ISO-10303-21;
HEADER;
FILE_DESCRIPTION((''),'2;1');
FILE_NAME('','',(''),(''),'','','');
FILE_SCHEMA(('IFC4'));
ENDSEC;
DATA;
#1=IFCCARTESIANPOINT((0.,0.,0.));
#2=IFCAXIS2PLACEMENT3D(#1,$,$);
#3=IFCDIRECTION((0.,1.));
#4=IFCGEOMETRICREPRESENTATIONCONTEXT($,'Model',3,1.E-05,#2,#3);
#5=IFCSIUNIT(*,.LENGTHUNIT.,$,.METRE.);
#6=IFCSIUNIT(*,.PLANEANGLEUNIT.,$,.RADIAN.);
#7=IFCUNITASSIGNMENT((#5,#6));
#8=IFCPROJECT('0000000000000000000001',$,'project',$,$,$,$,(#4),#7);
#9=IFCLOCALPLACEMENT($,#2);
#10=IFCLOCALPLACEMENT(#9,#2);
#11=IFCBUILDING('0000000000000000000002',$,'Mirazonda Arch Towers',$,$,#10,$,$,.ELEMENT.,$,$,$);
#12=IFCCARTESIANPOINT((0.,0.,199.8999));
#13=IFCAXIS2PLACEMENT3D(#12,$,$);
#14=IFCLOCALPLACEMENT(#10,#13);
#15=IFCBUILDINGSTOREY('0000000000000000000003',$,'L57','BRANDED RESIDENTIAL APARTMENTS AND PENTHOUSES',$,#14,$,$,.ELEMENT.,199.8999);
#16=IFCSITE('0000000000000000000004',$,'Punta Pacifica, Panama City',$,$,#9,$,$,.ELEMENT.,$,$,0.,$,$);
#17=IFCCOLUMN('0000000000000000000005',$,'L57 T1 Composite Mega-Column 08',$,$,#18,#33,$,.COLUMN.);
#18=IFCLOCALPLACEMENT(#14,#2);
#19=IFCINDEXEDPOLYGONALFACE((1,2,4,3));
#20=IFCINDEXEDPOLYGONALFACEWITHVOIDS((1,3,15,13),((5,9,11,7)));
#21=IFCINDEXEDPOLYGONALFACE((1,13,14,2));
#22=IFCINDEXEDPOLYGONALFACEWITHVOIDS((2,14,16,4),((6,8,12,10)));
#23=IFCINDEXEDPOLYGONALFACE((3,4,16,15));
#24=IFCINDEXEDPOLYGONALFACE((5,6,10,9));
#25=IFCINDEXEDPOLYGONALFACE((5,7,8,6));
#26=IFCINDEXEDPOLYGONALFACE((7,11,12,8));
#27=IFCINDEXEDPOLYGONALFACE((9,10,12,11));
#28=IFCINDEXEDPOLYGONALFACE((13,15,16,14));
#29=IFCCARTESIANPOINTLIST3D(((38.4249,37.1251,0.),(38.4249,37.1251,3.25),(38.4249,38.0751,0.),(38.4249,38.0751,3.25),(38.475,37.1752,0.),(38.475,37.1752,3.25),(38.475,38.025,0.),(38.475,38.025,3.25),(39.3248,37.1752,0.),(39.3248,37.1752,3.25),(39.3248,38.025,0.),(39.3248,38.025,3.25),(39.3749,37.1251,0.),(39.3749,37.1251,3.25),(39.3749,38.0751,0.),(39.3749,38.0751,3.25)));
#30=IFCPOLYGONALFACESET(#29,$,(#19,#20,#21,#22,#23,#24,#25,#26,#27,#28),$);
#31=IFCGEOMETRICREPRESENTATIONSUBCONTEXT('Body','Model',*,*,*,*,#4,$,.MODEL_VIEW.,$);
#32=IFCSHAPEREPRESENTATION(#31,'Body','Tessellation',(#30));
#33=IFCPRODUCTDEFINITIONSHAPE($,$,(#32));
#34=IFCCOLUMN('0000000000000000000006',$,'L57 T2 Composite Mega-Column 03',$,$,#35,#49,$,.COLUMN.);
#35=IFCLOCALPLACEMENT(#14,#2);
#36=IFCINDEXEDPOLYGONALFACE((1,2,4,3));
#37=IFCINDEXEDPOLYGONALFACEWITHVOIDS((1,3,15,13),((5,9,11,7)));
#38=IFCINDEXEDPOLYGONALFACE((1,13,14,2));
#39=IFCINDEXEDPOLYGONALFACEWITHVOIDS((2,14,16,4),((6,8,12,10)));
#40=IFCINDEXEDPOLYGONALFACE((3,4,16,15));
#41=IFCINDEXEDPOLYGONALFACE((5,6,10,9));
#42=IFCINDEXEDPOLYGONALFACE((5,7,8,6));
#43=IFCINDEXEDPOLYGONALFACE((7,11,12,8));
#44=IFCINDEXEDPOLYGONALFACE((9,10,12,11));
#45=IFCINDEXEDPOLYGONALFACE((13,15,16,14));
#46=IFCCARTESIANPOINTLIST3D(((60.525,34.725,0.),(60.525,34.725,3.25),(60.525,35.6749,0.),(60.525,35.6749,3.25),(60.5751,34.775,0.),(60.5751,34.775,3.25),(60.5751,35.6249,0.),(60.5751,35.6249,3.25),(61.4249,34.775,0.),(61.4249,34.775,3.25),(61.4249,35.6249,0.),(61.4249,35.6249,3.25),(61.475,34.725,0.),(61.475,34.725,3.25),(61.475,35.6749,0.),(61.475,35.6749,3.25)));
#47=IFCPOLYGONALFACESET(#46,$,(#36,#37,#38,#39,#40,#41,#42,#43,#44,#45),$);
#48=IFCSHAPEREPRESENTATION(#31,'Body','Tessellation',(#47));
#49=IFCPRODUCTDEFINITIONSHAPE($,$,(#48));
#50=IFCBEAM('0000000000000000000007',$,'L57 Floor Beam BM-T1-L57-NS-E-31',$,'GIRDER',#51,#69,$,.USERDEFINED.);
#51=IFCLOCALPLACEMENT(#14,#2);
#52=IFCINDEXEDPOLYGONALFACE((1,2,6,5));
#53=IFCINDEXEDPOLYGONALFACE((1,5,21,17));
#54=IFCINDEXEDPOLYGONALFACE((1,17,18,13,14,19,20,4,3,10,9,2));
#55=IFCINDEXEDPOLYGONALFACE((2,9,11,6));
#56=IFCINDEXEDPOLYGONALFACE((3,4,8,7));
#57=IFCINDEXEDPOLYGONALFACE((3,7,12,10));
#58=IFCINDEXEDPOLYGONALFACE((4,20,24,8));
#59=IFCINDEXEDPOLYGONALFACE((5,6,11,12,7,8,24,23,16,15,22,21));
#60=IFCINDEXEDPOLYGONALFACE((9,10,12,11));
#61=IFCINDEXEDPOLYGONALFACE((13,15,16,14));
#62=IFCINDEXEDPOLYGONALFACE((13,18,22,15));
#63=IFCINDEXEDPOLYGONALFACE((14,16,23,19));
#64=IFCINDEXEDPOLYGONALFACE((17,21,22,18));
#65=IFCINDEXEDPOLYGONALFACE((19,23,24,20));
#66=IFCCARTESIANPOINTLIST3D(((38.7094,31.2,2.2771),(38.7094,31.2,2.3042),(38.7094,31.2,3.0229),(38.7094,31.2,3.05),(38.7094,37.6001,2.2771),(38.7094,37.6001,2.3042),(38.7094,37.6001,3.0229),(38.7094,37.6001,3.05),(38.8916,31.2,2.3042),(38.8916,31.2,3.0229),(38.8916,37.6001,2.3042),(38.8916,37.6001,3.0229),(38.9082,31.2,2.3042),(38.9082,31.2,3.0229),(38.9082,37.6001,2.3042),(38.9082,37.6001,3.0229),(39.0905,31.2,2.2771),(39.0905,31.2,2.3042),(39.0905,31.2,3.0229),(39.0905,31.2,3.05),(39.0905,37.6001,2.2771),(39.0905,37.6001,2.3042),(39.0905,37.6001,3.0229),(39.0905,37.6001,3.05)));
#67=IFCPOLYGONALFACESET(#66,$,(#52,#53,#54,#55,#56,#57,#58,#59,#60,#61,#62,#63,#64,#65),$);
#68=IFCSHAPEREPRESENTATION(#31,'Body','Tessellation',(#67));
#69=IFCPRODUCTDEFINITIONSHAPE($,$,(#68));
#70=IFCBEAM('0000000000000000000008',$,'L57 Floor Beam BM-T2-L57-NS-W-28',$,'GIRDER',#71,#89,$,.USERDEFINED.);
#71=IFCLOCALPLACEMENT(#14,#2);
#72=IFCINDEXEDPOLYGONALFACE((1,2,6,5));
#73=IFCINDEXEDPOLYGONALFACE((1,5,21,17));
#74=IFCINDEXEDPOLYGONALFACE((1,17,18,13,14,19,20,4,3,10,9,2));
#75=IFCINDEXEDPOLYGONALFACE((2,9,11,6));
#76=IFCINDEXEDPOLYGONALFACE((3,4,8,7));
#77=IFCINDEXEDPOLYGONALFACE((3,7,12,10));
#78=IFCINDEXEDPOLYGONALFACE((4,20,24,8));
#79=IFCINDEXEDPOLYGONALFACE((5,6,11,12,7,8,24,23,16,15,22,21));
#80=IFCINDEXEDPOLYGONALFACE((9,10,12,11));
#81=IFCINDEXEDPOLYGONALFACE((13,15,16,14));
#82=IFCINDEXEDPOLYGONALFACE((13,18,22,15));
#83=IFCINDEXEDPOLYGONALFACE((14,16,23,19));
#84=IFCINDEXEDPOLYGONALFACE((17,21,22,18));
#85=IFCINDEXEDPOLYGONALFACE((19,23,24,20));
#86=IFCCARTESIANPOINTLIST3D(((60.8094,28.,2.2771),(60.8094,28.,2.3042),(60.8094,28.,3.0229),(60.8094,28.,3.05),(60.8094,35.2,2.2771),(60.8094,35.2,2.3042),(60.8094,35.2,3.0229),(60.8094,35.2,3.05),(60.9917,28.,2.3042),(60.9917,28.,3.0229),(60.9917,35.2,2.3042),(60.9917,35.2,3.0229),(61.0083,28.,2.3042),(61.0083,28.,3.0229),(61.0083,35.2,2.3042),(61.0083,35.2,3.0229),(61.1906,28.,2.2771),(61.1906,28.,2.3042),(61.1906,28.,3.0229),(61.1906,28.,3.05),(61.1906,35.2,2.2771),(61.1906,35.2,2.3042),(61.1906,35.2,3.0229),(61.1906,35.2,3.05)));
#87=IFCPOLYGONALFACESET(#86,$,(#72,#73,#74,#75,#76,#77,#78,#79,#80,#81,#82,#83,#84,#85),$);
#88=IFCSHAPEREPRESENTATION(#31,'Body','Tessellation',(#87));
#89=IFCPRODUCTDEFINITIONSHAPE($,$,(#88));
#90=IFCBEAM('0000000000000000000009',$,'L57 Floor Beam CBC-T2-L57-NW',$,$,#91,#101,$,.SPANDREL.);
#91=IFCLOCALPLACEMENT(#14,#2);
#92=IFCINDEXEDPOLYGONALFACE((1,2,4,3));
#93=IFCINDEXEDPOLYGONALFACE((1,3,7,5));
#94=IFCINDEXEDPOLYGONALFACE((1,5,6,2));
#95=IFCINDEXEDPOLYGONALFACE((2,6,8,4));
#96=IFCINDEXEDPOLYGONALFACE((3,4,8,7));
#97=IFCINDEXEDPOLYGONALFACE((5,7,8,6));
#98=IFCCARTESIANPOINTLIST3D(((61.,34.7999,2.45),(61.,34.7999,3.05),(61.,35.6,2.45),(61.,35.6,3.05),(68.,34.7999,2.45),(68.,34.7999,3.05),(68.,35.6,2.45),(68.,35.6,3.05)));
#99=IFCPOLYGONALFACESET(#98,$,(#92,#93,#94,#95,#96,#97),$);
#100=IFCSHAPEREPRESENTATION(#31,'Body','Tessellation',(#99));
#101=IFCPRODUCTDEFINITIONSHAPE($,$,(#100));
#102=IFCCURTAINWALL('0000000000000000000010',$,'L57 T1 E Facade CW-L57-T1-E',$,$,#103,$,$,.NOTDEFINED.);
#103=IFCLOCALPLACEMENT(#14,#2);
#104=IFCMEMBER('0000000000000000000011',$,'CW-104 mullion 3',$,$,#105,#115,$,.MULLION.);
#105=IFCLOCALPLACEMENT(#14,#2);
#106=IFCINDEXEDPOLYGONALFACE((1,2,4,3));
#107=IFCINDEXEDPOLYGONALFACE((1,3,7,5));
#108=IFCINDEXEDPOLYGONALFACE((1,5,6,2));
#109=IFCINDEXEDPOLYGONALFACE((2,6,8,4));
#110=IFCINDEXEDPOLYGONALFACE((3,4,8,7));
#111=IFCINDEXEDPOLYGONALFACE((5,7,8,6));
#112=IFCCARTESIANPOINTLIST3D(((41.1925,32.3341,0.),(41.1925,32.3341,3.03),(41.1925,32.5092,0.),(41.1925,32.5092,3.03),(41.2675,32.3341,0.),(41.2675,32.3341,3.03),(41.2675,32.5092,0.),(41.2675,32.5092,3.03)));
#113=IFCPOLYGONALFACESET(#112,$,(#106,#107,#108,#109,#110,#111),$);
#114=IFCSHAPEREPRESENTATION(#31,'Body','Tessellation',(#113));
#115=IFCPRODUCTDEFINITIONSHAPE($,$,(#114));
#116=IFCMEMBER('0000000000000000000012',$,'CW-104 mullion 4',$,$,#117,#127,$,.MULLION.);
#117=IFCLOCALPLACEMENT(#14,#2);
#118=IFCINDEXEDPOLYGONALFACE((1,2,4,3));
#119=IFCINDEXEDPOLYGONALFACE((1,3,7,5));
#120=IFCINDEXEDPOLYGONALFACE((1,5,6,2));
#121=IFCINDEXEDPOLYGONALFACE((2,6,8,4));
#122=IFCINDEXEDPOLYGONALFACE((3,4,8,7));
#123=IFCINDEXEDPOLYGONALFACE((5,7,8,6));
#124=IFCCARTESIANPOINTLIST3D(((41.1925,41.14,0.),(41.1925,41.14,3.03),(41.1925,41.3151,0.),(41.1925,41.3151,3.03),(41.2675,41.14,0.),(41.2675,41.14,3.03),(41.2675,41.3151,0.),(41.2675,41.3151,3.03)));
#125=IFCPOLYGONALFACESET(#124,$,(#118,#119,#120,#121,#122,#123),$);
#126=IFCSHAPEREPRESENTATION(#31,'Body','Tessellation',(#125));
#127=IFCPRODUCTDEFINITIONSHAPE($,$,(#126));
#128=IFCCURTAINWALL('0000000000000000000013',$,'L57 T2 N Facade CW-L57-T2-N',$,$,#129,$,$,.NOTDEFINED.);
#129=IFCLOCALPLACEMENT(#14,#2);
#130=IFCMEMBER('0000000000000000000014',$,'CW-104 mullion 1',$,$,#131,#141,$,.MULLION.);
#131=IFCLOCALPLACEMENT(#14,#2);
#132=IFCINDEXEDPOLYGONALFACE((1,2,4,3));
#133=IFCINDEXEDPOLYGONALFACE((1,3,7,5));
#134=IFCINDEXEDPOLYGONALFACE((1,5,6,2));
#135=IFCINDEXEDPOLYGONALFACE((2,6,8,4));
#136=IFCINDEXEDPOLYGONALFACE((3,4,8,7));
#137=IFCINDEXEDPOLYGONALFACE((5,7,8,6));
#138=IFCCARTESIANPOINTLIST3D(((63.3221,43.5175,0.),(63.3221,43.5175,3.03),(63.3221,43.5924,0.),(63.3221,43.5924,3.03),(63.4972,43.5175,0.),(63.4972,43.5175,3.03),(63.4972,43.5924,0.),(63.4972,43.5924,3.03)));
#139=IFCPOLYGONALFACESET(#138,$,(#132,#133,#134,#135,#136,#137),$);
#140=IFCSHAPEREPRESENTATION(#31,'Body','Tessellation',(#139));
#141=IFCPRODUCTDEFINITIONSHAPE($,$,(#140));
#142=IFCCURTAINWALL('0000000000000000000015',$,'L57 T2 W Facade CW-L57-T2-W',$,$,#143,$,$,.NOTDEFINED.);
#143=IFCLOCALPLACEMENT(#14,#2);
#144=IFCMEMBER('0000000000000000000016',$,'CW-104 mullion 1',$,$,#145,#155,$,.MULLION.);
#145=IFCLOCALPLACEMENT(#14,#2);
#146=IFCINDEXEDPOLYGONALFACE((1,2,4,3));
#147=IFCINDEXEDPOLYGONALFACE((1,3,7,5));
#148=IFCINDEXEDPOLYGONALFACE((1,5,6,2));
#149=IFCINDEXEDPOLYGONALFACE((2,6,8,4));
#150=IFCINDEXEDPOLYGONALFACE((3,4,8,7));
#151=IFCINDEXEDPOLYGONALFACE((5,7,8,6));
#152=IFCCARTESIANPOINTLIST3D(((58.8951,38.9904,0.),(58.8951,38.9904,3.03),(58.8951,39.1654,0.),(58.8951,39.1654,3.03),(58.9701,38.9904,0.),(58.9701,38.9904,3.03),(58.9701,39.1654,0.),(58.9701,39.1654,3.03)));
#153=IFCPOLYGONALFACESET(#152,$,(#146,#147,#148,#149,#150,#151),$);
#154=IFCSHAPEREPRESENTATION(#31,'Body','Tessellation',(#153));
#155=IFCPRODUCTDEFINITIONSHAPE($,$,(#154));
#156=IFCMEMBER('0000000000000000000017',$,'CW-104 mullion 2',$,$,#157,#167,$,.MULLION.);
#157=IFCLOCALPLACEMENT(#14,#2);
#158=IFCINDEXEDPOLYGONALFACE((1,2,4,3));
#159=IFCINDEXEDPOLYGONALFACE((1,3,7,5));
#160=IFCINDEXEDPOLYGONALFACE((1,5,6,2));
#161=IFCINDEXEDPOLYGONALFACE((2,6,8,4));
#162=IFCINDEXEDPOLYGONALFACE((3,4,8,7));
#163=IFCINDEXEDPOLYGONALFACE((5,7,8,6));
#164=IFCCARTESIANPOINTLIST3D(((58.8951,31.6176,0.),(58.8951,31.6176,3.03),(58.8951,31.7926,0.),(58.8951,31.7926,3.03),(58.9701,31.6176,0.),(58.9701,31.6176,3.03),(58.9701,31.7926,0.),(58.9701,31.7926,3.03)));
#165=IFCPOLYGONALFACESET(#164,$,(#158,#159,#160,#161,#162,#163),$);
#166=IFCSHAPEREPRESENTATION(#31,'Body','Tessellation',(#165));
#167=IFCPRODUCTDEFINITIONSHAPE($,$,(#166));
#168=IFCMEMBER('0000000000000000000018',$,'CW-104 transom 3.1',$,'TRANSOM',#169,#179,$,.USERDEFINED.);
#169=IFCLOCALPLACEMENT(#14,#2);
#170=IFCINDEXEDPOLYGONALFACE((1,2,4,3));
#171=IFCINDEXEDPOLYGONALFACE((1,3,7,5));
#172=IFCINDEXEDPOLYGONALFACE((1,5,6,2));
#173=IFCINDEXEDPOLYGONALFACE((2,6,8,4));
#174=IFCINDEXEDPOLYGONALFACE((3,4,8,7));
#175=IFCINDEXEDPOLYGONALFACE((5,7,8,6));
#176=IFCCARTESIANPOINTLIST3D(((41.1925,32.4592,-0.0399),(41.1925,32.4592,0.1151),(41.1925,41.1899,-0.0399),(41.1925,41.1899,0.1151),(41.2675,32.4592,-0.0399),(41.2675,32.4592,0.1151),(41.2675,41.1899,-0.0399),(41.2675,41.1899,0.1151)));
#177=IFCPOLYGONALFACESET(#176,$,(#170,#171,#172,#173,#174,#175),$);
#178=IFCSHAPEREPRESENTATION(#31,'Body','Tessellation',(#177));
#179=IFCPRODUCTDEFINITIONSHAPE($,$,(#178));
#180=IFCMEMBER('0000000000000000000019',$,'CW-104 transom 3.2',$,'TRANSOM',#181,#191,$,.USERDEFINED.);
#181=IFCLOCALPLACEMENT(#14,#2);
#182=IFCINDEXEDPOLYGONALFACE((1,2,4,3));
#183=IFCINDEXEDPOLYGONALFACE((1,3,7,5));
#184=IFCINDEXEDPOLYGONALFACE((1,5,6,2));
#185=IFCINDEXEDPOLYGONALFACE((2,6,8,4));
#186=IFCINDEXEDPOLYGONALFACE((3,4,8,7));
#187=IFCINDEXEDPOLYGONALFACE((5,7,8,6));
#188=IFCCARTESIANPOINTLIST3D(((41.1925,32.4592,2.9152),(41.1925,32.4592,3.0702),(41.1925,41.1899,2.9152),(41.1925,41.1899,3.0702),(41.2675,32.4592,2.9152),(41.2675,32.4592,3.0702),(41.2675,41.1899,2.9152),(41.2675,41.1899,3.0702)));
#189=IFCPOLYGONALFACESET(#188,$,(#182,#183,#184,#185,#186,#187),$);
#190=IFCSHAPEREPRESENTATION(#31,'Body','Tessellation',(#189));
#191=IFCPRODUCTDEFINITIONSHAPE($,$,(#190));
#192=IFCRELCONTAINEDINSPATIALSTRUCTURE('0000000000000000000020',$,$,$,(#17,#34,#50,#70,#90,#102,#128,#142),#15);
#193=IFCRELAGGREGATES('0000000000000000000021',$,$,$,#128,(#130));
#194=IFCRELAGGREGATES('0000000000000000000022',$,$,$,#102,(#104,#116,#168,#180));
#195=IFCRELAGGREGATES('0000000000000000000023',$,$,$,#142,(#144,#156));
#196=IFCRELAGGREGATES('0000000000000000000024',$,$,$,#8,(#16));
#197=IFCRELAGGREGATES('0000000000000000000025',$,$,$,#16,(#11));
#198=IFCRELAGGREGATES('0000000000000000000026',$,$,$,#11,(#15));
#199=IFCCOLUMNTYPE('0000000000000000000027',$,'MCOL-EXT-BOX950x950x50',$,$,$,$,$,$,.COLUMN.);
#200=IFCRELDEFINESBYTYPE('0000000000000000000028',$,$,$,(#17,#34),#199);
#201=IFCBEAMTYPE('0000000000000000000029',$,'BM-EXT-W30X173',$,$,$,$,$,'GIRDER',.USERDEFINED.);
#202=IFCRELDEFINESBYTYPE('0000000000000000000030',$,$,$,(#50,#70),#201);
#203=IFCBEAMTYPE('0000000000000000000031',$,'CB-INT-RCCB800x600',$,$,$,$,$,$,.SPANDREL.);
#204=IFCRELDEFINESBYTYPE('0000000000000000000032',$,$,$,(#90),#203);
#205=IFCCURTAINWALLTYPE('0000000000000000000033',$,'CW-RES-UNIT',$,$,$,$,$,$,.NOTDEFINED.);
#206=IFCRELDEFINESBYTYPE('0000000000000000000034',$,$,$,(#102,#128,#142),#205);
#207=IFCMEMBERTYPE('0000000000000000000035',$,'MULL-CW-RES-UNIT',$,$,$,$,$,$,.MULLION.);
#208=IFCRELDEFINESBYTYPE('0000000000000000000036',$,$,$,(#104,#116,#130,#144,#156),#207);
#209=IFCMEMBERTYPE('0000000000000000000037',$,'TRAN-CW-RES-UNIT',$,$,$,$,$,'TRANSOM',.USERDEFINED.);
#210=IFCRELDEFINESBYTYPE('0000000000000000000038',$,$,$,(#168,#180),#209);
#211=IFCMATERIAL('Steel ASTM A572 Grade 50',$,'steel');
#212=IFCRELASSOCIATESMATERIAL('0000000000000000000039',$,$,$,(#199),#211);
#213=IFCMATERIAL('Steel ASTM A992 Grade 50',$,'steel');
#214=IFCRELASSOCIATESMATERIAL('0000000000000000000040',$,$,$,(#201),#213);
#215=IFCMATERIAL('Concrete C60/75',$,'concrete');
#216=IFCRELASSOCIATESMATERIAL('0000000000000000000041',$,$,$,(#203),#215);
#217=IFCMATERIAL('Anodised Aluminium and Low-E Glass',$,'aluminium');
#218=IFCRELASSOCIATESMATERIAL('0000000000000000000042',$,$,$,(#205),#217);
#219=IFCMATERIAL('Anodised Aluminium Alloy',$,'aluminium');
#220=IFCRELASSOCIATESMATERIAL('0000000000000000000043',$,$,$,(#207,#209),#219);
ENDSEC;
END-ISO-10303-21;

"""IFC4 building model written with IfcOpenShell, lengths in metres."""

from ifc_helpers import new_model, si_unit, direction, frame, origin, origin_2d, place, context, subcontext, project, spatial, rectangle, hollow_rectangle, i_section, extrude, material, material_profile, profile_set, type_object, element, aggregate, save


model = new_model("IFC4")

# Units and contexts
model_context = context("Model", 3, precision=1e-05, world=origin(), true_north=direction((0.0, 1.0)))
body_context = subcontext(model_context, "Body", "Model", "MODEL_VIEW")
ifc_project = project(units=[si_unit("LENGTHUNIT", "METRE"), si_unit("PLANEANGLEUNIT", "RADIAN")], contexts=[model_context])

# Site, building, storey
site_placement = place(None, origin())
site = spatial("IfcSite", under=ifc_project, at=site_placement, Name="Punta Pacifica, Panama City", CompositionType="ELEMENT", RefElevation=0.0)
building_placement = place(site_placement, origin())
building = spatial("IfcBuilding", under=site, at=building_placement, Name="Mirazonda Arch Towers", CompositionType="ELEMENT")
storey_placement = place(building_placement, frame((0.0, 0.0, 199.8999)))
storey = spatial("IfcBuildingStorey", under=building, at=storey_placement, Name="L57", Description="BRANDED RESIDENTIAL APARTMENTS AND PENTHOUSES", CompositionType="ELEMENT", Elevation=199.8999)

# Columns
ifc_material_1 = material(Name="Steel ASTM A572 Grade 50", Category="steel")
ifc_material_profile_1 = material_profile(ifc_material_1, hollow_rectangle(XDim=0.95, YDim=0.95, WallThickness=0.05, at=origin_2d()), Name="BOX950x950x50")
ifc_profile_set_1 = profile_set([ifc_material_profile_1], Name="Steel ASTM A572 Grade 50")
column_type = type_object("IfcColumnType", Name="MCOL-EXT-BOX950x950x50", PredefinedType="COLUMN", material=ifc_profile_set_1)
for number, where, z_axis, x_axis, name in (
    (1, (38.8999, 37.6001, 0.0), (0.0, 0.0, 1.0), (1.0, 0.0, 0.0), "L57 T1 Composite Mega-Column 08"),
    (2, (61.0, 35.2, 0.0), (0.0, 0.0, 1.0), (1.0, 0.0, 0.0), "L57 T2 Composite Mega-Column 03"),
):
    element("IfcColumn", number, at=place(storey_placement, frame(where, z_axis=z_axis, x_axis=x_axis)), inside=storey, type_object=column_type, Name=name, PredefinedType="COLUMN", context=body_context, shape_type="SweptSolid", body=[
        extrude(hollow_rectangle(XDim=0.95, YDim=0.95, WallThickness=0.05, at=origin_2d()), origin(), (0.0, 0.0, 1.0), 3.25),
    ])

# Beams
ifc_material_2 = material(Name="Steel ASTM A992 Grade 50", Category="steel")
ifc_material_profile_2 = material_profile(ifc_material_2, i_section(OverallWidth=0.3811, OverallDepth=0.7729, WebThickness=0.0166, FlangeThickness=0.0271, at=origin_2d()), Name="W30X173")
ifc_profile_set_2 = profile_set([ifc_material_profile_2], Name="Steel ASTM A992 Grade 50")
beam_type_1 = type_object("IfcBeamType", Name="BM-EXT-W30X173", ElementType="GIRDER", PredefinedType="USERDEFINED", material=ifc_profile_set_2)
beam_1_placement = place(storey_placement, frame((38.8999, 31.2, 2.6636), z_axis=(0.0, 1.0, 0.0), x_axis=(-1.0, 0.0, 0.0)))
element("IfcBeam", 3, at=beam_1_placement, inside=storey, type_object=beam_type_1, Name="L57 Floor Beam BM-T1-L57-NS-E-31", ObjectType="GIRDER", PredefinedType="USERDEFINED", context=body_context, shape_type="SweptSolid", body=[
    extrude(i_section(OverallWidth=0.3811, OverallDepth=0.7729, WebThickness=0.0166, FlangeThickness=0.0271, at=origin_2d()), origin(), (0.0, 0.0, 1.0), 6.4001),
])
beam_2_placement = place(storey_placement, frame((61.0, 28.0, 2.6636), z_axis=(0.0, 1.0, 0.0), x_axis=(-1.0, 0.0, 0.0)))
element("IfcBeam", 4, at=beam_2_placement, inside=storey, type_object=beam_type_1, Name="L57 Floor Beam BM-T2-L57-NS-W-28", ObjectType="GIRDER", PredefinedType="USERDEFINED", context=body_context, shape_type="SweptSolid", body=[
    extrude(i_section(OverallWidth=0.3811, OverallDepth=0.7729, WebThickness=0.0166, FlangeThickness=0.0271, at=origin_2d()), origin(), (0.0, 0.0, 1.0), 7.2),
])
ifc_material_3 = material(Name="Concrete C60/75", Category="concrete")
ifc_material_profile_3 = material_profile(ifc_material_3, rectangle(XDim=0.8, YDim=0.6001, at=origin_2d()), Name="RCCB800x600")
ifc_profile_set_3 = profile_set([ifc_material_profile_3], Name="Concrete C60/75")
beam_type_2 = type_object("IfcBeamType", Name="CB-INT-RCCB800x600", PredefinedType="SPANDREL", material=ifc_profile_set_3)
beam_3_placement = place(storey_placement, frame((61.0, 35.2, 2.75), z_axis=(1.0, 0.0, 0.0), x_axis=(0.0, 1.0, 0.0)))
element("IfcBeam", 5, at=beam_3_placement, inside=storey, type_object=beam_type_2, Name="L57 Floor Beam CBC-T2-L57-NW", PredefinedType="SPANDREL", context=body_context, shape_type="SweptSolid", body=[
    extrude(rectangle(XDim=0.8, YDim=0.6001, at=origin_2d()), origin(), (0.0, 0.0, 1.0), 7.0),
])

# Curtain wall, members
ifc_material_4 = material(Name="Anodised Aluminium and Low-E Glass", Category="aluminium")
curtain_wall_type = type_object("IfcCurtainWallType", Name="CW-RES-UNIT", PredefinedType="NOTDEFINED", material=ifc_material_4)
curtain_wall_1_placement = place(storey_placement, origin())
curtain_wall_1 = element("IfcCurtainWall", 6, at=curtain_wall_1_placement, inside=storey, type_object=curtain_wall_type, Name="L57 T1 E Facade CW-L57-T1-E", PredefinedType="NOTDEFINED")
ifc_material_5 = material(Name="Anodised Aluminium Alloy", Category="aluminium")
ifc_material_profile_4 = material_profile(ifc_material_5, rectangle(XDim=0.075, YDim=0.175, at=origin_2d()), Name="ALU-MULL-75x175")
ifc_profile_set_4 = profile_set([ifc_material_profile_4], Name="Anodised Aluminium Alloy")
member_type_1 = type_object("IfcMemberType", Name="MULL-CW-RES-UNIT", PredefinedType="MULLION", material=ifc_profile_set_4)
member_1_placement = place(storey_placement, frame((41.23, 32.4216, 0.0), z_axis=(0.0, 0.0, 1.0), x_axis=(-1.0, 0.0, 0.0)))
member_1 = element("IfcMember", 7, at=member_1_placement, type_object=member_type_1, Name="CW-104 mullion 3", PredefinedType="MULLION", context=body_context, shape_type="SweptSolid", body=[
    extrude(rectangle(XDim=0.075, YDim=0.175, at=origin_2d()), origin(), (0.0, 0.0, 1.0), 3.03),
])
member_2_placement = place(storey_placement, frame((41.23, 41.2275, 0.0), z_axis=(0.0, 0.0, 1.0), x_axis=(-1.0, 0.0, 0.0)))
member_2 = element("IfcMember", 8, at=member_2_placement, type_object=member_type_1, Name="CW-104 mullion 4", PredefinedType="MULLION", context=body_context, shape_type="SweptSolid", body=[
    extrude(rectangle(XDim=0.075, YDim=0.175, at=origin_2d()), origin(), (0.0, 0.0, 1.0), 3.03),
])

# Curtain wall, member
curtain_wall_2_placement = place(storey_placement, origin())
curtain_wall_2 = element("IfcCurtainWall", 9, at=curtain_wall_2_placement, inside=storey, type_object=curtain_wall_type, Name="L57 T2 N Facade CW-L57-T2-N", PredefinedType="NOTDEFINED")
member_3_placement = place(storey_placement, frame((63.4097, 43.5549, 0.0), z_axis=(0.0, 0.0, 1.0), x_axis=(0.0, 1.0, 0.0)))
member_3 = element("IfcMember", 10, at=member_3_placement, type_object=member_type_1, Name="CW-104 mullion 1", PredefinedType="MULLION", context=body_context, shape_type="SweptSolid", body=[
    extrude(rectangle(XDim=0.075, YDim=0.175, at=origin_2d()), origin(), (0.0, 0.0, 1.0), 3.03),
])

# Curtain wall, members
curtain_wall_3_placement = place(storey_placement, origin())
curtain_wall_3 = element("IfcCurtainWall", 11, at=curtain_wall_3_placement, inside=storey, type_object=curtain_wall_type, Name="L57 T2 W Facade CW-L57-T2-W", PredefinedType="NOTDEFINED")
member_4_placement = place(storey_placement, frame((58.9326, 39.0779, 0.0), z_axis=(0.0, 0.0, 1.0), x_axis=(1.0, 0.0, 0.0)))
member_4 = element("IfcMember", 12, at=member_4_placement, type_object=member_type_1, Name="CW-104 mullion 1", PredefinedType="MULLION", context=body_context, shape_type="SweptSolid", body=[
    extrude(rectangle(XDim=0.075, YDim=0.175, at=origin_2d()), origin(), (0.0, 0.0, 1.0), 3.03),
])
member_5_placement = place(storey_placement, frame((58.9326, 31.7051, 0.0), z_axis=(0.0, 0.0, 1.0), x_axis=(1.0, 0.0, 0.0)))
member_5 = element("IfcMember", 13, at=member_5_placement, type_object=member_type_1, Name="CW-104 mullion 2", PredefinedType="MULLION", context=body_context, shape_type="SweptSolid", body=[
    extrude(rectangle(XDim=0.075, YDim=0.175, at=origin_2d()), origin(), (0.0, 0.0, 1.0), 3.03),
])

# Members
ifc_material_profile_5 = material_profile(ifc_material_5, rectangle(XDim=0.075, YDim=0.155, at=origin_2d()), Name="ALU-TRAN-75x155")
ifc_profile_set_5 = profile_set([ifc_material_profile_5], Name="Anodised Aluminium Alloy")
member_type_2 = type_object("IfcMemberType", Name="TRAN-CW-RES-UNIT", ElementType="TRANSOM", PredefinedType="USERDEFINED", material=ifc_profile_set_5)
member_6_placement = place(storey_placement, frame((41.23, 32.4592, 0.0376), z_axis=(0.0, 1.0, 0.0), x_axis=(-1.0, 0.0, 0.0)))
member_6 = element("IfcMember", 14, at=member_6_placement, type_object=member_type_2, Name="CW-104 transom 3.1", ObjectType="TRANSOM", PredefinedType="USERDEFINED", context=body_context, shape_type="SweptSolid", body=[
    extrude(rectangle(XDim=0.075, YDim=0.155, at=origin_2d()), origin(), (0.0, 0.0, 1.0), 8.7307),
])
member_7_placement = place(storey_placement, frame((41.23, 32.4592, 2.9927), z_axis=(0.0, 1.0, 0.0), x_axis=(-1.0, 0.0, 0.0)))
member_7 = element("IfcMember", 15, at=member_7_placement, type_object=member_type_2, Name="CW-104 transom 3.2", ObjectType="TRANSOM", PredefinedType="USERDEFINED", context=body_context, shape_type="SweptSolid", body=[
    extrude(rectangle(XDim=0.075, YDim=0.155, at=origin_2d()), origin(), (0.0, 0.0, 1.0), 8.7307),
])
aggregate(curtain_wall_2, [member_3])

aggregate(curtain_wall_1, [member_1, member_2, member_6, member_7])
aggregate(curtain_wall_3, [member_4, member_5])

save(model, "model.ifc")
